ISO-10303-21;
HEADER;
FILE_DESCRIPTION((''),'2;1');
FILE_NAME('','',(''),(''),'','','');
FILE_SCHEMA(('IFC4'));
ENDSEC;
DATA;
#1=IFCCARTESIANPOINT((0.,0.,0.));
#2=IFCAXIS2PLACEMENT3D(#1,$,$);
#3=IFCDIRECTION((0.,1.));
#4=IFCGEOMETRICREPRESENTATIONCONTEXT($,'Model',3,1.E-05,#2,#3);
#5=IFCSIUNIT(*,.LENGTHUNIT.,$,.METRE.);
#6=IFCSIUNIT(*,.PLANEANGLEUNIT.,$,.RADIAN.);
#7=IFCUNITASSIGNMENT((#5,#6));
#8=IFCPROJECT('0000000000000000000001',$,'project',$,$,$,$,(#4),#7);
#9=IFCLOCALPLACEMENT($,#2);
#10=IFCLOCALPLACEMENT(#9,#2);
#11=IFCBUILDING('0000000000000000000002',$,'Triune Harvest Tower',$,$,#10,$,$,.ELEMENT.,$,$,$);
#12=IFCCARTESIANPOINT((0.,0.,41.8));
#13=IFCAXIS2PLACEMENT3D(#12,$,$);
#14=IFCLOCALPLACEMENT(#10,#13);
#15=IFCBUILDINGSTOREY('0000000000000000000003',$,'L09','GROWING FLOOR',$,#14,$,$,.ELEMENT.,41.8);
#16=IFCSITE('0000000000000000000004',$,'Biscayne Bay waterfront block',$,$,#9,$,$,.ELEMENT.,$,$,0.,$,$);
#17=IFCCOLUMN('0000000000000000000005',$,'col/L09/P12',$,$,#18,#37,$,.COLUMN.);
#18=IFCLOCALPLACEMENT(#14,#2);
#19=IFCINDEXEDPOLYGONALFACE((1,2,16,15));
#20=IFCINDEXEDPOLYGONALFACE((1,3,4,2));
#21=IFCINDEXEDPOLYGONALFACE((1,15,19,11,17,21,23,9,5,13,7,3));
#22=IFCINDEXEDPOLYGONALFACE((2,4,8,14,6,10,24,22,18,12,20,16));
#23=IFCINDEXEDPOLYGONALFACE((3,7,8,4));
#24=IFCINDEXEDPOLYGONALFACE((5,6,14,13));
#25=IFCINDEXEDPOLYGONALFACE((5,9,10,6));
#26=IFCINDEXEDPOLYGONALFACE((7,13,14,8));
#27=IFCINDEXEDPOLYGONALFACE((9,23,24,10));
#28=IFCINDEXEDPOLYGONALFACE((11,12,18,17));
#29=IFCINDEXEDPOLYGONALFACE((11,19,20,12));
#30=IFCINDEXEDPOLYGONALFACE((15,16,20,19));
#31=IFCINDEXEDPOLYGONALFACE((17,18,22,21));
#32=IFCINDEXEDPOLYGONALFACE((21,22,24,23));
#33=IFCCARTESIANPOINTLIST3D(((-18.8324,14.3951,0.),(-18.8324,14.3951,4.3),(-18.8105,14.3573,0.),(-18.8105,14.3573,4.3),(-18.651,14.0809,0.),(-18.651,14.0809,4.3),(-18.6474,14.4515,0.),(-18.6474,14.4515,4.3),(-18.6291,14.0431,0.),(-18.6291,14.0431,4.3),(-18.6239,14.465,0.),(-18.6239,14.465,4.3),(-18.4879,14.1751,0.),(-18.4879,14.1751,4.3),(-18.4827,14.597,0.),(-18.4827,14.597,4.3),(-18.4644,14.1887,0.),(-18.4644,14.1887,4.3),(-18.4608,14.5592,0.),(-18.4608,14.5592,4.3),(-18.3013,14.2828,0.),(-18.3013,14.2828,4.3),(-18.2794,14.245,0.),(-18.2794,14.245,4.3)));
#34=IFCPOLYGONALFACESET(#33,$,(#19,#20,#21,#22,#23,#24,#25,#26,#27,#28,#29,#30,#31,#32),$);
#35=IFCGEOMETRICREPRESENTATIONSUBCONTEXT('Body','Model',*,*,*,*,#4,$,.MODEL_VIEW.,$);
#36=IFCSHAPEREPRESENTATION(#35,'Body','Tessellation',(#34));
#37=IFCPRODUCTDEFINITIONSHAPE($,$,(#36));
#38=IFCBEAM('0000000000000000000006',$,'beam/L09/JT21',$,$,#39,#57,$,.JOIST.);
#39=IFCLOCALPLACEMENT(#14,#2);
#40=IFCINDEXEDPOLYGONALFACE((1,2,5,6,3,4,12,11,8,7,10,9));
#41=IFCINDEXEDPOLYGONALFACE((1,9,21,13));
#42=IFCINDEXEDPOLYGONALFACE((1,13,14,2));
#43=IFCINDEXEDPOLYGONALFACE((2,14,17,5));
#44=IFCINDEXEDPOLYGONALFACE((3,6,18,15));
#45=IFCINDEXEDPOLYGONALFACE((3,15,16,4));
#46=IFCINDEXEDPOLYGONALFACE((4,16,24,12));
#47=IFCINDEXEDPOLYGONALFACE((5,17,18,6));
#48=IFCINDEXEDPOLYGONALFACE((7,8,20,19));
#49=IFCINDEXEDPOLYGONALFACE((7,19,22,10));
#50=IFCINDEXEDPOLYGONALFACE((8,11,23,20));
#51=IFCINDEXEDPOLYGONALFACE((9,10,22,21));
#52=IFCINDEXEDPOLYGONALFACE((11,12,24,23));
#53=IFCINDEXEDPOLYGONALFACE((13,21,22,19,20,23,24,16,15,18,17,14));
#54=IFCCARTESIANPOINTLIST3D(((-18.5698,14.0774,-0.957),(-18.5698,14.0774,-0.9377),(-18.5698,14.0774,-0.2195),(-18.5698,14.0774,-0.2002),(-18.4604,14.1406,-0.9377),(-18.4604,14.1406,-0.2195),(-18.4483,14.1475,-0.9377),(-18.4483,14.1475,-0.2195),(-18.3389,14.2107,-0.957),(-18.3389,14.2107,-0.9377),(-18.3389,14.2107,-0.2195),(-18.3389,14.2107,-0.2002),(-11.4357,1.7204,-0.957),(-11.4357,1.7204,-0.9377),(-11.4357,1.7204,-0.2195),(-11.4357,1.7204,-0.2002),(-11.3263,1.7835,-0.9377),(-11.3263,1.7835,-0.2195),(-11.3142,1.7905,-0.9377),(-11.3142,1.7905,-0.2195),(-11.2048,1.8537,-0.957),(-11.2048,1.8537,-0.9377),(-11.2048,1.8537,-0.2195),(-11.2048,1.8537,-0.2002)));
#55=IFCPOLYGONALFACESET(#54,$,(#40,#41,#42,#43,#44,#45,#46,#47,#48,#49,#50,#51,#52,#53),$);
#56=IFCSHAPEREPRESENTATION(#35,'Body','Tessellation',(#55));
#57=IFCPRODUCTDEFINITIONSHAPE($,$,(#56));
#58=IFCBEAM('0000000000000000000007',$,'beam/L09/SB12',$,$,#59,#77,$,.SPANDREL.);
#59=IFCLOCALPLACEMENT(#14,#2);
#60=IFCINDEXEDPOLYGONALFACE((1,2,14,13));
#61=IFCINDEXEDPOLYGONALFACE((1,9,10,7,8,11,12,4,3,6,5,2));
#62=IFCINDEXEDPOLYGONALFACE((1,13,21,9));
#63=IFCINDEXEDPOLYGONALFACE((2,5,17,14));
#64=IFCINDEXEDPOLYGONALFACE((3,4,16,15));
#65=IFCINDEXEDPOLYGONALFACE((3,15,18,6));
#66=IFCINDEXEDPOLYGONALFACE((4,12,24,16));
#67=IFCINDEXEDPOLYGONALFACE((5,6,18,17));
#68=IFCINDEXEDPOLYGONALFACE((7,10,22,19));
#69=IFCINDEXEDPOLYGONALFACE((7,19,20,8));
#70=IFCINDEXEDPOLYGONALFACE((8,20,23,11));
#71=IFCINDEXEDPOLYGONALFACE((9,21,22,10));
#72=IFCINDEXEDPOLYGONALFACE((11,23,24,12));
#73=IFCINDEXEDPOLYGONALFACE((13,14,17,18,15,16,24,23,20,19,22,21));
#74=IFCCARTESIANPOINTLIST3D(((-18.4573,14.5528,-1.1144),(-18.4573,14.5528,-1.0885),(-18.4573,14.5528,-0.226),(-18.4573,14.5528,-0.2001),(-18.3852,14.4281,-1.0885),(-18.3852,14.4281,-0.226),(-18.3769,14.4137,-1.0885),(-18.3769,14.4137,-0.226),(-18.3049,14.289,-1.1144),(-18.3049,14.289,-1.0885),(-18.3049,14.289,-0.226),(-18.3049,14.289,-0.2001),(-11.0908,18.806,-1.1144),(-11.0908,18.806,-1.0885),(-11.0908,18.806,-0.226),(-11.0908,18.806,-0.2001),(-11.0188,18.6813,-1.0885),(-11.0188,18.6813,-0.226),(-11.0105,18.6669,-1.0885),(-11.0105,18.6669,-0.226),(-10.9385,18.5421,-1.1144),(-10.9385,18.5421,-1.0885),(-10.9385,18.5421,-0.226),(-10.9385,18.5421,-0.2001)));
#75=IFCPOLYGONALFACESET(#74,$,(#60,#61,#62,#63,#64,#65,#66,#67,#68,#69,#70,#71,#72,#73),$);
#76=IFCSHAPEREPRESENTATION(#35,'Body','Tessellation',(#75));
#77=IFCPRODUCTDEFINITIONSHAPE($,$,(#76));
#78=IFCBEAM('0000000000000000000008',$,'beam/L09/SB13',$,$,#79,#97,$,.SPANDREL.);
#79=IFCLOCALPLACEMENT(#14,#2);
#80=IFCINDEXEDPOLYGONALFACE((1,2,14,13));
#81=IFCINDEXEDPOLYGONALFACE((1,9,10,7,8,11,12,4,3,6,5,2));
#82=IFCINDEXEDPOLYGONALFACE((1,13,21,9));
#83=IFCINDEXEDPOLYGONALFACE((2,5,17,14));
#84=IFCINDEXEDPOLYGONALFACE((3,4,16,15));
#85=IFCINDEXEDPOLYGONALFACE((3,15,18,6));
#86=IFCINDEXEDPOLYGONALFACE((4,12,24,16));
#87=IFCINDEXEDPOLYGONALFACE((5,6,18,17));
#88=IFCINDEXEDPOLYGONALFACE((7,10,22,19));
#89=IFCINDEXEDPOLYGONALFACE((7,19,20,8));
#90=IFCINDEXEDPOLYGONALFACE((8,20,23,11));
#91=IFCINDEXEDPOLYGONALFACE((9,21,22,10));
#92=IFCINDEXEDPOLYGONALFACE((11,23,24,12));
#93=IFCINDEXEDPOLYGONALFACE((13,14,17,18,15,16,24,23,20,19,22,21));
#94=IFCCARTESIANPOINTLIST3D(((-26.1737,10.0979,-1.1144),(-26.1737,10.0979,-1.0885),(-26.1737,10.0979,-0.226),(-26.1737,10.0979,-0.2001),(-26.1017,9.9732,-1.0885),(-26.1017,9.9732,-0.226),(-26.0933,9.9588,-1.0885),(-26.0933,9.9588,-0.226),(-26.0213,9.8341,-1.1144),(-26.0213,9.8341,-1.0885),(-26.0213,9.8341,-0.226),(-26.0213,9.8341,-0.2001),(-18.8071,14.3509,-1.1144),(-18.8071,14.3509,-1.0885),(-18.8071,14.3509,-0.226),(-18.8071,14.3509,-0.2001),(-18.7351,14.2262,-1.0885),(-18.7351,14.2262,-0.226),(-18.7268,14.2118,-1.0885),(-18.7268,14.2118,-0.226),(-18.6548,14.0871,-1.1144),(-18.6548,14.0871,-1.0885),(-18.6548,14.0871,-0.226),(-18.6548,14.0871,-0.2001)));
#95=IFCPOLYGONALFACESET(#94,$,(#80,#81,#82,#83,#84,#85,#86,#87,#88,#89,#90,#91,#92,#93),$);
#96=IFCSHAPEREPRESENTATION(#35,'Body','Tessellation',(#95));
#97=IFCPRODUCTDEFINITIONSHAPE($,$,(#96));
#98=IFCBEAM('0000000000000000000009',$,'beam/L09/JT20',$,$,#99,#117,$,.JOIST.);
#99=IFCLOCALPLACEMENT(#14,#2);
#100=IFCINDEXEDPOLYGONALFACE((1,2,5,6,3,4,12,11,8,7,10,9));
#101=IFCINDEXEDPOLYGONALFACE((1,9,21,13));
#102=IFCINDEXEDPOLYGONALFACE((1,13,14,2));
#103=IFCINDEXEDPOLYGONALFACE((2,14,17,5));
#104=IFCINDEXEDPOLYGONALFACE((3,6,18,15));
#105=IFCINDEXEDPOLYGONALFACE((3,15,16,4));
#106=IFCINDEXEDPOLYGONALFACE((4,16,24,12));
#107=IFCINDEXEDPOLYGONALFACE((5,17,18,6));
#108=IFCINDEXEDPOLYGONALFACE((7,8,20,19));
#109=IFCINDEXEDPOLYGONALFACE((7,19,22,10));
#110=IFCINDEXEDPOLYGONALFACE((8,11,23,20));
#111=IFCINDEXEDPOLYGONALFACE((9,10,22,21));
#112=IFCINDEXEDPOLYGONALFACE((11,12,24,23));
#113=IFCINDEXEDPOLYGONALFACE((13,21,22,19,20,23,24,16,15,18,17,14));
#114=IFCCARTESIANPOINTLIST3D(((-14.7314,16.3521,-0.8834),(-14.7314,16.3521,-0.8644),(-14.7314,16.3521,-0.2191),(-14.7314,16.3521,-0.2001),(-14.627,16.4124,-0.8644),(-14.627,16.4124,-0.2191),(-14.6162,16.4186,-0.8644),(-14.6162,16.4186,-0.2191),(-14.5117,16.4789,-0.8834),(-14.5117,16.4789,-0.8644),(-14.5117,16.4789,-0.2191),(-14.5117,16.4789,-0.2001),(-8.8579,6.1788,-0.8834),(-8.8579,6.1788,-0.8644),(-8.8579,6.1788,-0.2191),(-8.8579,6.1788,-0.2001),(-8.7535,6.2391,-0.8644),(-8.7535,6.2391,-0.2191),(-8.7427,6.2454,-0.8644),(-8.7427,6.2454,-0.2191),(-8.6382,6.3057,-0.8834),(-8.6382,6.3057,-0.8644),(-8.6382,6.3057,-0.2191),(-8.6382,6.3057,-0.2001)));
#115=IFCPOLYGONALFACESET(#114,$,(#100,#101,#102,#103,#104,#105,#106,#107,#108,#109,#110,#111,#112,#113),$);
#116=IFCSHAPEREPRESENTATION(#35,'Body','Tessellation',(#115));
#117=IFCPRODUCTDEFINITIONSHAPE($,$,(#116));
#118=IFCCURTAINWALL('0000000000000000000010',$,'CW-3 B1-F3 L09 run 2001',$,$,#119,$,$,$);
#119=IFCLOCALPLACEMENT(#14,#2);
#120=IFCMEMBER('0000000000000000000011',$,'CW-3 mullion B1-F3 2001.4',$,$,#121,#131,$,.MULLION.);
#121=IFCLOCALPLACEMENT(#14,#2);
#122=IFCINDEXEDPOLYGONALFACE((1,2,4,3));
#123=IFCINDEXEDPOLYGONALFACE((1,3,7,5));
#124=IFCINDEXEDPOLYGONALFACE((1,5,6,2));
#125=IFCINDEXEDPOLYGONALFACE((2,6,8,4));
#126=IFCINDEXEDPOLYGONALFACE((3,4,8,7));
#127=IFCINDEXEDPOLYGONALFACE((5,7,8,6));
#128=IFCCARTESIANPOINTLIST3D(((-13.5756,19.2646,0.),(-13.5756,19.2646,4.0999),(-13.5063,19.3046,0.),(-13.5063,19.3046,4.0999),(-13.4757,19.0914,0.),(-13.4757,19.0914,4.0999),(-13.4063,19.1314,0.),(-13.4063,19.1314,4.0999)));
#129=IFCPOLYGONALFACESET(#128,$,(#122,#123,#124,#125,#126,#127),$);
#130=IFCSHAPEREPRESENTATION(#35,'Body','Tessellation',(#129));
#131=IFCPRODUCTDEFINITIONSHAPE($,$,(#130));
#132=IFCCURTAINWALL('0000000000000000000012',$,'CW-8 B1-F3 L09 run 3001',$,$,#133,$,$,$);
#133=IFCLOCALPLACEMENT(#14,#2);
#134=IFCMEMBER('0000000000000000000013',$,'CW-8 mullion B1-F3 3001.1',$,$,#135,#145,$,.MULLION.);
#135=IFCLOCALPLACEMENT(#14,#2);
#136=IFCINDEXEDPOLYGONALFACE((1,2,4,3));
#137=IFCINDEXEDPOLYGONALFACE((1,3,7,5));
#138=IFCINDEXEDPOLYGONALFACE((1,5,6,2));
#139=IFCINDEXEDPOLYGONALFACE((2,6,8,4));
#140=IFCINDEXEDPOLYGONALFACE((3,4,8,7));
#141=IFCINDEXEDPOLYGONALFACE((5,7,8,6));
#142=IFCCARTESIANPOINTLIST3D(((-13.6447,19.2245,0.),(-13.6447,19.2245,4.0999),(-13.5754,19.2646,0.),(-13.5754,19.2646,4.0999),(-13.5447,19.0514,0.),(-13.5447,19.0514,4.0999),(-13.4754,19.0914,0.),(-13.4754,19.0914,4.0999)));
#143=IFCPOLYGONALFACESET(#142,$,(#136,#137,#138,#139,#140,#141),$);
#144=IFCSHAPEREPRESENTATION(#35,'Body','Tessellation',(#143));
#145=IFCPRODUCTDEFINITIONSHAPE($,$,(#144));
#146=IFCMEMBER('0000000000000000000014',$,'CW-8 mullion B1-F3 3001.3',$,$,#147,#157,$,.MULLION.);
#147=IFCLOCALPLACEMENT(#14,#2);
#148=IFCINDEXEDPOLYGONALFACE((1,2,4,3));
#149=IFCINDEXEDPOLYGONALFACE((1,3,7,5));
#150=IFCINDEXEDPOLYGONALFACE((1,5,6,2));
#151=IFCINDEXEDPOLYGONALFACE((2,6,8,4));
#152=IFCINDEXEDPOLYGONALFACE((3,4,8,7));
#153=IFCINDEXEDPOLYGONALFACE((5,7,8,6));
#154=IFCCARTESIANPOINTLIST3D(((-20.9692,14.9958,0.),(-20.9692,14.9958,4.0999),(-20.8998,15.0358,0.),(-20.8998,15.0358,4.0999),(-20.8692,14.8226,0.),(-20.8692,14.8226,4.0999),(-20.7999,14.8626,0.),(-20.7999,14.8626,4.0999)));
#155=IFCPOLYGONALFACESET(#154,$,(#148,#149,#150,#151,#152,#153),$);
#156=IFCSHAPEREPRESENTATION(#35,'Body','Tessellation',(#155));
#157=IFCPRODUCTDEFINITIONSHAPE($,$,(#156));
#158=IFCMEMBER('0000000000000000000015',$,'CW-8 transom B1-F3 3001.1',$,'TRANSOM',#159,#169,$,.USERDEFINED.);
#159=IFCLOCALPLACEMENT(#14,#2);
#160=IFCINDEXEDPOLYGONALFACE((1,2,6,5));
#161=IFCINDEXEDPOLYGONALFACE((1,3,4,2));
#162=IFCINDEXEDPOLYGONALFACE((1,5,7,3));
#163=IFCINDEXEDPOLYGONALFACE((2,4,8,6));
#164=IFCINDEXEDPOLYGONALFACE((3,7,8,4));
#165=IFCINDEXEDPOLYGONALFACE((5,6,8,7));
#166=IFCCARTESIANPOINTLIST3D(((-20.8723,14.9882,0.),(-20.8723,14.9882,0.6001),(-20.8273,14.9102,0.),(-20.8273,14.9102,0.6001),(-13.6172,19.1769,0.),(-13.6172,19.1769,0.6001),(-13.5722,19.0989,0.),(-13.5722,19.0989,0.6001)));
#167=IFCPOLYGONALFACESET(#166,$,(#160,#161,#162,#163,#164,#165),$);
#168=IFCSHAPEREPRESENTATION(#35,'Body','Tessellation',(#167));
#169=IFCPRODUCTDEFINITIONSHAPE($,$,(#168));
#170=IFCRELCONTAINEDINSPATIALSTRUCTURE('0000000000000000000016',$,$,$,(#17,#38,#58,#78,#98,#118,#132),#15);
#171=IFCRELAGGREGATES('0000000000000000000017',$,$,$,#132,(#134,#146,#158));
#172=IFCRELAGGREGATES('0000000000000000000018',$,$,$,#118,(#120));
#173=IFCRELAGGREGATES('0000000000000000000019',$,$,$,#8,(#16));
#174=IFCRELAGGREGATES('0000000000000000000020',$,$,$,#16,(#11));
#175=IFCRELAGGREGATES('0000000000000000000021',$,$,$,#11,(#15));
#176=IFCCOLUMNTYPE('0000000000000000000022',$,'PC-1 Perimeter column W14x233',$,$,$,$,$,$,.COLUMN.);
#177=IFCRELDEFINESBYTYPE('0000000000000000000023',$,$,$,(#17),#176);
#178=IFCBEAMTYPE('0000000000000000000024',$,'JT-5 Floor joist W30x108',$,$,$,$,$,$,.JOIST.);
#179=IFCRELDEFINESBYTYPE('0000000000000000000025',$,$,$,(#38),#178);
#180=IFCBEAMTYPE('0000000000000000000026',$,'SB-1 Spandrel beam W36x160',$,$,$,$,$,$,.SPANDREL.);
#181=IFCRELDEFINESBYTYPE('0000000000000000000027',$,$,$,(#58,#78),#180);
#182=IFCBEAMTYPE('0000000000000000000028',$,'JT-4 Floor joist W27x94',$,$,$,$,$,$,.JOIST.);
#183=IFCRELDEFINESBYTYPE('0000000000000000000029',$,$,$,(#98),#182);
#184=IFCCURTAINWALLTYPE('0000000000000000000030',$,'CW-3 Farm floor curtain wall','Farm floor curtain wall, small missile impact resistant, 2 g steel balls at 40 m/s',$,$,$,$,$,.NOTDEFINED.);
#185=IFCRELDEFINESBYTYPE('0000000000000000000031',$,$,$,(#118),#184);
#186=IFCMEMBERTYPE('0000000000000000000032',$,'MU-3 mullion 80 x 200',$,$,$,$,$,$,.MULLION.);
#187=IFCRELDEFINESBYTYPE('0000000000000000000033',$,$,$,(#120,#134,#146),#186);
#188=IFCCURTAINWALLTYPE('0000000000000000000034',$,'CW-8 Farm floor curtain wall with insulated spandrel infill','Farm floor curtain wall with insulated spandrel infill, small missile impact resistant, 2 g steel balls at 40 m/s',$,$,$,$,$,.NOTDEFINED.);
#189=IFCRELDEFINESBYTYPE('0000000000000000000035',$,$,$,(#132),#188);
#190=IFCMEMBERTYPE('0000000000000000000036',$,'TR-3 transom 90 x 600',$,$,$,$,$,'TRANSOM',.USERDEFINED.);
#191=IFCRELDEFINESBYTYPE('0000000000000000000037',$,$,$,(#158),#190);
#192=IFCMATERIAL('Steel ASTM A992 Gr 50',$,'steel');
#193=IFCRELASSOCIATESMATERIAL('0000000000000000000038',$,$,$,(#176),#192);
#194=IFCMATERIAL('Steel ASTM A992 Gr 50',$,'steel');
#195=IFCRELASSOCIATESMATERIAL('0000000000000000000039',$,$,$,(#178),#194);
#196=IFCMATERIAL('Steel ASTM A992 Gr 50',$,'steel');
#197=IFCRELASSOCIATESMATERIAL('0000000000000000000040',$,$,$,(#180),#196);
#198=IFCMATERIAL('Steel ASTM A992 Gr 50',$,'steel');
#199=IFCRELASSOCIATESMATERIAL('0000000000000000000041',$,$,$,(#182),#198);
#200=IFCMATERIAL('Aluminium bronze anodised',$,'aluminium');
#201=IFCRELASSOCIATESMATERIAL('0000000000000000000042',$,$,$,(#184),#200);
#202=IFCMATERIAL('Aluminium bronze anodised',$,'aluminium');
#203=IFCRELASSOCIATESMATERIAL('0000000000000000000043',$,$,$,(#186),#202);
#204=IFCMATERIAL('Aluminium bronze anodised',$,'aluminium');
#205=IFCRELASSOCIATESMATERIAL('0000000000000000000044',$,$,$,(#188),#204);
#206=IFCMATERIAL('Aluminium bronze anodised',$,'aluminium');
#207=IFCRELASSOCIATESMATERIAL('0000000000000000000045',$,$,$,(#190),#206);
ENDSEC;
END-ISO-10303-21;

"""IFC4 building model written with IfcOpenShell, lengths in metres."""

from ifc_helpers import new_model, si_unit, direction, frame, origin, origin_2d, place, context, subcontext, project, spatial, rectangle, i_section, extrude, source, transform, mapped, material, material_profile, profile_set, type_object, element, aggregate, save


model = new_model("IFC4")

# Units and contexts
model_context = context("Model", 3, precision=1e-05, world=origin(), true_north=direction((0.0, 1.0)))
body_context = subcontext(model_context, "Body", "Model", "MODEL_VIEW")
ifc_project = project(units=[si_unit("LENGTHUNIT", "METRE"), si_unit("PLANEANGLEUNIT", "RADIAN")], contexts=[model_context])

# Site, building, storey
site_placement = place(None, origin())
site = spatial("IfcSite", under=ifc_project, at=site_placement, Name="Biscayne Bay waterfront block", CompositionType="ELEMENT", RefElevation=0.0)
building_placement = place(site_placement, origin())
building = spatial("IfcBuilding", under=site, at=building_placement, Name="Triune Harvest Tower", CompositionType="ELEMENT")
storey_placement = place(building_placement, frame((0.0, 0.0, 41.8)))
storey = spatial("IfcBuildingStorey", under=building, at=storey_placement, Name="L09", Description="GROWING FLOOR", CompositionType="ELEMENT", Elevation=41.8)

# Column
ifc_material_1 = material(Name="Steel ASTM A992 Gr 50", Category="steel")
ifc_material_profile_1 = material_profile(ifc_material_1, i_section(OverallWidth=0.4038, OverallDepth=0.4065, WebThickness=0.0271, FlangeThickness=0.0437, at=origin_2d()), Name="W14x233")
ifc_profile_set_1 = profile_set([ifc_material_profile_1], Name="Steel ASTM A992 Gr 50")
column_type = type_object("IfcColumnType", Name="PC-1 Perimeter column W14x233", PredefinedType="COLUMN", material=ifc_profile_set_1)
shared_shape_1 = source(origin(), body_context, "Body", "SweptSolid", [
    extrude(i_section(OverallWidth=0.4038, OverallDepth=0.4065, WebThickness=0.0271, FlangeThickness=0.0437, at=origin_2d()), origin(), (0.0, 0.0, 1.0), 4.3),
])
column_placement = place(storey_placement, frame((-18.5559, 14.3201, 0.0), z_axis=(0.0, 0.0, 1.0), x_axis=(-0.866025, -0.5, 0.0)))
element("IfcColumn", 1, at=column_placement, inside=storey, type_object=column_type, Name="col/L09/P12", PredefinedType="COLUMN", context=body_context, shape_type="MappedRepresentation", body=[
    mapped(shared_shape_1, transform((0.0, 0.0, 0.0), scale=1.0)),
])

# Beams
ifc_material_2 = material(Name="Steel ASTM A992 Gr 50", Category="steel")
ifc_material_profile_2 = material_profile(ifc_material_2, i_section(OverallWidth=0.2666, OverallDepth=0.7568, WebThickness=0.0139, FlangeThickness=0.0193, at=origin_2d()), Name="W30x108")
ifc_profile_set_2 = profile_set([ifc_material_profile_2], Name="Steel ASTM A992 Gr 50")
beam_type_1 = type_object("IfcBeamType", Name="JT-5 Floor joist W30x108", PredefinedType="JOIST", material=ifc_profile_set_2)
shared_shape_2 = source(origin(), body_context, "Body", "SweptSolid", [
    extrude(i_section(OverallWidth=0.2666, OverallDepth=0.7568, WebThickness=0.0139, FlangeThickness=0.0193, at=origin_2d()), origin(), (0.0, 0.0, 1.0), 14.2686),
])
beam_1_placement = place(storey_placement, frame((-18.4543, 14.144, -0.5786), z_axis=(0.499987, -0.866033, 0.0), x_axis=(0.866033, 0.499987, 0.0)))
element("IfcBeam", 2, at=beam_1_placement, inside=storey, type_object=beam_type_1, Name="beam/L09/JT21", PredefinedType="JOIST", context=body_context, shape_type="MappedRepresentation", body=[
    mapped(shared_shape_2, transform((0.0, 0.0, 0.0), scale=1.0)),
])
ifc_material_3 = material(Name="Steel ASTM A992 Gr 50", Category="steel")
ifc_material_profile_3 = material_profile(ifc_material_3, i_section(OverallWidth=0.3047, OverallDepth=0.9143, WebThickness=0.0166, FlangeThickness=0.0259, at=origin_2d()), Name="W36x160")
ifc_profile_set_3 = profile_set([ifc_material_profile_3], Name="Steel ASTM A992 Gr 50")
beam_type_2 = type_object("IfcBeamType", Name="SB-1 Spandrel beam W36x160", PredefinedType="SPANDREL", material=ifc_profile_set_3)
shared_shape_3 = source(origin(), body_context, "Body", "SweptSolid", [
    extrude(i_section(OverallWidth=0.3047, OverallDepth=0.9143, WebThickness=0.0166, FlangeThickness=0.0259, at=origin_2d()), origin(), (0.0, 0.0, 1.0), 8.5061),
])
for number, where, z_axis, x_axis, name in (
    (3, (-11.0146, 18.6741, -0.6572), (-0.866018, -0.500013, 0.0), (0.500013, -0.866018, 0.0), "beam/L09/SB12"),
    (4, (-18.731, 14.219, -0.6572), (-0.86603, -0.499992, 0.0), (0.499992, -0.86603, 0.0), "beam/L09/SB13"),
):
    element("IfcBeam", number, at=place(storey_placement, frame(where, z_axis=z_axis, x_axis=x_axis)), inside=storey, type_object=beam_type_2, Name=name, PredefinedType="SPANDREL", context=body_context, shape_type="MappedRepresentation", body=[
        mapped(shared_shape_3, transform((0.0, 0.0, 0.0), scale=1.0)),
    ])
ifc_material_4 = material(Name="Steel ASTM A992 Gr 50", Category="steel")
ifc_material_profile_4 = material_profile(ifc_material_4, i_section(OverallWidth=0.2537, OverallDepth=0.6833, WebThickness=0.0125, FlangeThickness=0.019, at=origin_2d()), Name="W27x94")
ifc_profile_set_4 = profile_set([ifc_material_profile_4], Name="Steel ASTM A992 Gr 50")
beam_type_3 = type_object("IfcBeamType", Name="JT-4 Floor joist W27x94", PredefinedType="JOIST", material=ifc_profile_set_4)
shared_shape_4 = source(origin(), body_context, "Body", "SweptSolid", [
    extrude(i_section(OverallWidth=0.2537, OverallDepth=0.6833, WebThickness=0.0125, FlangeThickness=0.019, at=origin_2d()), origin(), (0.0, 0.0, 1.0), 11.7471),
])
beam_2_placement = place(storey_placement, frame((-14.6216, 16.4155, -0.5417), z_axis=(0.499997, -0.866027, 0.0), x_axis=(0.866027, 0.499997, 0.0)))
element("IfcBeam", 5, at=beam_2_placement, inside=storey, type_object=beam_type_3, Name="beam/L09/JT20", PredefinedType="JOIST", context=body_context, shape_type="MappedRepresentation", body=[
    mapped(shared_shape_4, transform((0.0, 0.0, 0.0), scale=1.0)),
])

# Curtain wall, member
ifc_material_5 = material(Name="Aluminium bronze anodised", Category="aluminium")
curtain_wall_type_1 = type_object("IfcCurtainWallType", Name="CW-3 Farm floor curtain wall", Description="Farm floor curtain wall, small missile impact resistant, 2 g steel balls at 40 m/s", PredefinedType="NOTDEFINED", material=ifc_material_5)
curtain_wall_1_placement = place(storey_placement, origin())
curtain_wall_1 = element("IfcCurtainWall", 6, at=curtain_wall_1_placement, inside=storey, type_object=curtain_wall_type_1, Name="CW-3 B1-F3 L09 run 2001")
ifc_material_6 = material(Name="Aluminium bronze anodised", Category="aluminium")
ifc_material_profile_5 = material_profile(ifc_material_6, rectangle(XDim=0.2, YDim=0.0801, at=origin_2d()), Name="MU-3 mullion 80 x 200")
ifc_profile_set_5 = profile_set([ifc_material_profile_5], Name="Aluminium bronze anodised")
member_type_1 = type_object("IfcMemberType", Name="MU-3 mullion 80 x 200", PredefinedType="MULLION", material=ifc_profile_set_5)
shared_shape_5 = source(origin(), body_context, "Body", "SweptSolid", [
    extrude(rectangle(XDim=0.2, YDim=0.0801, at=origin_2d()), origin(), (0.0, 0.0, 1.0), 4.0999),
])
member_1_placement = place(storey_placement, frame((-13.491, 19.198, 0.0), z_axis=(0.0, 0.0, 1.0), x_axis=(0.499998, -0.866027, 0.0)))
member_1 = element("IfcMember", 7, at=member_1_placement, type_object=member_type_1, Name="CW-3 mullion B1-F3 2001.4", PredefinedType="MULLION", context=body_context, shape_type="MappedRepresentation", body=[
    mapped(shared_shape_5, transform((0.0, 0.0, 0.0), scale=1.0)),
])

# Curtain wall, members
ifc_material_7 = material(Name="Aluminium bronze anodised", Category="aluminium")
curtain_wall_type_2 = type_object("IfcCurtainWallType", Name="CW-8 Farm floor curtain wall with insulated spandrel infill", Description="Farm floor curtain wall with insulated spandrel infill, small missile impact resistant, 2 g steel balls at 40 m/s", PredefinedType="NOTDEFINED", material=ifc_material_7)
curtain_wall_2_placement = place(storey_placement, origin())
curtain_wall_2 = element("IfcCurtainWall", 8, at=curtain_wall_2_placement, inside=storey, type_object=curtain_wall_type_2, Name="CW-8 B1-F3 L09 run 3001")
member_2_placement = place(storey_placement, frame((-13.5601, 19.158, 0.0), z_axis=(0.0, 0.0, 1.0), x_axis=(0.500003, -0.866024, 0.0)))
member_2 = element("IfcMember", 9, at=member_2_placement, type_object=member_type_1, Name="CW-8 mullion B1-F3 3001.1", PredefinedType="MULLION", context=body_context, shape_type="MappedRepresentation", body=[
    mapped(shared_shape_5, transform((0.0, 0.0, 0.0), scale=1.0)),
])
member_3_placement = place(storey_placement, frame((-20.8845, 14.9292, 0.0), z_axis=(0.0, 0.0, 1.0), x_axis=(0.500003, -0.866024, 0.0)))
member_3 = element("IfcMember", 10, at=member_3_placement, type_object=member_type_1, Name="CW-8 mullion B1-F3 3001.3", PredefinedType="MULLION", context=body_context, shape_type="MappedRepresentation", body=[
    mapped(shared_shape_5, transform((0.0, 0.0, 0.0), scale=1.0)),
])
ifc_material_8 = material(Name="Aluminium bronze anodised", Category="aluminium")
ifc_material_profile_6 = material_profile(ifc_material_8, rectangle(XDim=0.0901, YDim=0.6001, at=origin_2d()), Name="TR-3 transom 90 x 600")
ifc_profile_set_6 = profile_set([ifc_material_profile_6], Name="Aluminium bronze anodised")
member_type_2 = type_object("IfcMemberType", Name="TR-3 transom 90 x 600", ElementType="TRANSOM", PredefinedType="USERDEFINED", material=ifc_profile_set_6)
shared_shape_6 = source(origin(), body_context, "Body", "SweptSolid", [
    extrude(rectangle(XDim=0.0901, YDim=0.6001, at=origin_2d()), origin(), (0.0, 0.0, 1.0), 8.3774),
])
member_4_placement = place(storey_placement, frame((-13.5947, 19.1379, 0.3), z_axis=(-0.866027, -0.499997, 0.0), x_axis=(0.499997, -0.866027, 0.0)))
member_4 = element("IfcMember", 11, at=member_4_placement, type_object=member_type_2, Name="CW-8 transom B1-F3 3001.1", ObjectType="TRANSOM", PredefinedType="USERDEFINED", context=body_context, shape_type="MappedRepresentation", body=[
    mapped(shared_shape_6, transform((0.0, 0.0, 0.0), scale=1.0)),
])
aggregate(curtain_wall_2, [member_2, member_3, member_4])

aggregate(curtain_wall_1, [member_1])

save(model, "model.ifc")
